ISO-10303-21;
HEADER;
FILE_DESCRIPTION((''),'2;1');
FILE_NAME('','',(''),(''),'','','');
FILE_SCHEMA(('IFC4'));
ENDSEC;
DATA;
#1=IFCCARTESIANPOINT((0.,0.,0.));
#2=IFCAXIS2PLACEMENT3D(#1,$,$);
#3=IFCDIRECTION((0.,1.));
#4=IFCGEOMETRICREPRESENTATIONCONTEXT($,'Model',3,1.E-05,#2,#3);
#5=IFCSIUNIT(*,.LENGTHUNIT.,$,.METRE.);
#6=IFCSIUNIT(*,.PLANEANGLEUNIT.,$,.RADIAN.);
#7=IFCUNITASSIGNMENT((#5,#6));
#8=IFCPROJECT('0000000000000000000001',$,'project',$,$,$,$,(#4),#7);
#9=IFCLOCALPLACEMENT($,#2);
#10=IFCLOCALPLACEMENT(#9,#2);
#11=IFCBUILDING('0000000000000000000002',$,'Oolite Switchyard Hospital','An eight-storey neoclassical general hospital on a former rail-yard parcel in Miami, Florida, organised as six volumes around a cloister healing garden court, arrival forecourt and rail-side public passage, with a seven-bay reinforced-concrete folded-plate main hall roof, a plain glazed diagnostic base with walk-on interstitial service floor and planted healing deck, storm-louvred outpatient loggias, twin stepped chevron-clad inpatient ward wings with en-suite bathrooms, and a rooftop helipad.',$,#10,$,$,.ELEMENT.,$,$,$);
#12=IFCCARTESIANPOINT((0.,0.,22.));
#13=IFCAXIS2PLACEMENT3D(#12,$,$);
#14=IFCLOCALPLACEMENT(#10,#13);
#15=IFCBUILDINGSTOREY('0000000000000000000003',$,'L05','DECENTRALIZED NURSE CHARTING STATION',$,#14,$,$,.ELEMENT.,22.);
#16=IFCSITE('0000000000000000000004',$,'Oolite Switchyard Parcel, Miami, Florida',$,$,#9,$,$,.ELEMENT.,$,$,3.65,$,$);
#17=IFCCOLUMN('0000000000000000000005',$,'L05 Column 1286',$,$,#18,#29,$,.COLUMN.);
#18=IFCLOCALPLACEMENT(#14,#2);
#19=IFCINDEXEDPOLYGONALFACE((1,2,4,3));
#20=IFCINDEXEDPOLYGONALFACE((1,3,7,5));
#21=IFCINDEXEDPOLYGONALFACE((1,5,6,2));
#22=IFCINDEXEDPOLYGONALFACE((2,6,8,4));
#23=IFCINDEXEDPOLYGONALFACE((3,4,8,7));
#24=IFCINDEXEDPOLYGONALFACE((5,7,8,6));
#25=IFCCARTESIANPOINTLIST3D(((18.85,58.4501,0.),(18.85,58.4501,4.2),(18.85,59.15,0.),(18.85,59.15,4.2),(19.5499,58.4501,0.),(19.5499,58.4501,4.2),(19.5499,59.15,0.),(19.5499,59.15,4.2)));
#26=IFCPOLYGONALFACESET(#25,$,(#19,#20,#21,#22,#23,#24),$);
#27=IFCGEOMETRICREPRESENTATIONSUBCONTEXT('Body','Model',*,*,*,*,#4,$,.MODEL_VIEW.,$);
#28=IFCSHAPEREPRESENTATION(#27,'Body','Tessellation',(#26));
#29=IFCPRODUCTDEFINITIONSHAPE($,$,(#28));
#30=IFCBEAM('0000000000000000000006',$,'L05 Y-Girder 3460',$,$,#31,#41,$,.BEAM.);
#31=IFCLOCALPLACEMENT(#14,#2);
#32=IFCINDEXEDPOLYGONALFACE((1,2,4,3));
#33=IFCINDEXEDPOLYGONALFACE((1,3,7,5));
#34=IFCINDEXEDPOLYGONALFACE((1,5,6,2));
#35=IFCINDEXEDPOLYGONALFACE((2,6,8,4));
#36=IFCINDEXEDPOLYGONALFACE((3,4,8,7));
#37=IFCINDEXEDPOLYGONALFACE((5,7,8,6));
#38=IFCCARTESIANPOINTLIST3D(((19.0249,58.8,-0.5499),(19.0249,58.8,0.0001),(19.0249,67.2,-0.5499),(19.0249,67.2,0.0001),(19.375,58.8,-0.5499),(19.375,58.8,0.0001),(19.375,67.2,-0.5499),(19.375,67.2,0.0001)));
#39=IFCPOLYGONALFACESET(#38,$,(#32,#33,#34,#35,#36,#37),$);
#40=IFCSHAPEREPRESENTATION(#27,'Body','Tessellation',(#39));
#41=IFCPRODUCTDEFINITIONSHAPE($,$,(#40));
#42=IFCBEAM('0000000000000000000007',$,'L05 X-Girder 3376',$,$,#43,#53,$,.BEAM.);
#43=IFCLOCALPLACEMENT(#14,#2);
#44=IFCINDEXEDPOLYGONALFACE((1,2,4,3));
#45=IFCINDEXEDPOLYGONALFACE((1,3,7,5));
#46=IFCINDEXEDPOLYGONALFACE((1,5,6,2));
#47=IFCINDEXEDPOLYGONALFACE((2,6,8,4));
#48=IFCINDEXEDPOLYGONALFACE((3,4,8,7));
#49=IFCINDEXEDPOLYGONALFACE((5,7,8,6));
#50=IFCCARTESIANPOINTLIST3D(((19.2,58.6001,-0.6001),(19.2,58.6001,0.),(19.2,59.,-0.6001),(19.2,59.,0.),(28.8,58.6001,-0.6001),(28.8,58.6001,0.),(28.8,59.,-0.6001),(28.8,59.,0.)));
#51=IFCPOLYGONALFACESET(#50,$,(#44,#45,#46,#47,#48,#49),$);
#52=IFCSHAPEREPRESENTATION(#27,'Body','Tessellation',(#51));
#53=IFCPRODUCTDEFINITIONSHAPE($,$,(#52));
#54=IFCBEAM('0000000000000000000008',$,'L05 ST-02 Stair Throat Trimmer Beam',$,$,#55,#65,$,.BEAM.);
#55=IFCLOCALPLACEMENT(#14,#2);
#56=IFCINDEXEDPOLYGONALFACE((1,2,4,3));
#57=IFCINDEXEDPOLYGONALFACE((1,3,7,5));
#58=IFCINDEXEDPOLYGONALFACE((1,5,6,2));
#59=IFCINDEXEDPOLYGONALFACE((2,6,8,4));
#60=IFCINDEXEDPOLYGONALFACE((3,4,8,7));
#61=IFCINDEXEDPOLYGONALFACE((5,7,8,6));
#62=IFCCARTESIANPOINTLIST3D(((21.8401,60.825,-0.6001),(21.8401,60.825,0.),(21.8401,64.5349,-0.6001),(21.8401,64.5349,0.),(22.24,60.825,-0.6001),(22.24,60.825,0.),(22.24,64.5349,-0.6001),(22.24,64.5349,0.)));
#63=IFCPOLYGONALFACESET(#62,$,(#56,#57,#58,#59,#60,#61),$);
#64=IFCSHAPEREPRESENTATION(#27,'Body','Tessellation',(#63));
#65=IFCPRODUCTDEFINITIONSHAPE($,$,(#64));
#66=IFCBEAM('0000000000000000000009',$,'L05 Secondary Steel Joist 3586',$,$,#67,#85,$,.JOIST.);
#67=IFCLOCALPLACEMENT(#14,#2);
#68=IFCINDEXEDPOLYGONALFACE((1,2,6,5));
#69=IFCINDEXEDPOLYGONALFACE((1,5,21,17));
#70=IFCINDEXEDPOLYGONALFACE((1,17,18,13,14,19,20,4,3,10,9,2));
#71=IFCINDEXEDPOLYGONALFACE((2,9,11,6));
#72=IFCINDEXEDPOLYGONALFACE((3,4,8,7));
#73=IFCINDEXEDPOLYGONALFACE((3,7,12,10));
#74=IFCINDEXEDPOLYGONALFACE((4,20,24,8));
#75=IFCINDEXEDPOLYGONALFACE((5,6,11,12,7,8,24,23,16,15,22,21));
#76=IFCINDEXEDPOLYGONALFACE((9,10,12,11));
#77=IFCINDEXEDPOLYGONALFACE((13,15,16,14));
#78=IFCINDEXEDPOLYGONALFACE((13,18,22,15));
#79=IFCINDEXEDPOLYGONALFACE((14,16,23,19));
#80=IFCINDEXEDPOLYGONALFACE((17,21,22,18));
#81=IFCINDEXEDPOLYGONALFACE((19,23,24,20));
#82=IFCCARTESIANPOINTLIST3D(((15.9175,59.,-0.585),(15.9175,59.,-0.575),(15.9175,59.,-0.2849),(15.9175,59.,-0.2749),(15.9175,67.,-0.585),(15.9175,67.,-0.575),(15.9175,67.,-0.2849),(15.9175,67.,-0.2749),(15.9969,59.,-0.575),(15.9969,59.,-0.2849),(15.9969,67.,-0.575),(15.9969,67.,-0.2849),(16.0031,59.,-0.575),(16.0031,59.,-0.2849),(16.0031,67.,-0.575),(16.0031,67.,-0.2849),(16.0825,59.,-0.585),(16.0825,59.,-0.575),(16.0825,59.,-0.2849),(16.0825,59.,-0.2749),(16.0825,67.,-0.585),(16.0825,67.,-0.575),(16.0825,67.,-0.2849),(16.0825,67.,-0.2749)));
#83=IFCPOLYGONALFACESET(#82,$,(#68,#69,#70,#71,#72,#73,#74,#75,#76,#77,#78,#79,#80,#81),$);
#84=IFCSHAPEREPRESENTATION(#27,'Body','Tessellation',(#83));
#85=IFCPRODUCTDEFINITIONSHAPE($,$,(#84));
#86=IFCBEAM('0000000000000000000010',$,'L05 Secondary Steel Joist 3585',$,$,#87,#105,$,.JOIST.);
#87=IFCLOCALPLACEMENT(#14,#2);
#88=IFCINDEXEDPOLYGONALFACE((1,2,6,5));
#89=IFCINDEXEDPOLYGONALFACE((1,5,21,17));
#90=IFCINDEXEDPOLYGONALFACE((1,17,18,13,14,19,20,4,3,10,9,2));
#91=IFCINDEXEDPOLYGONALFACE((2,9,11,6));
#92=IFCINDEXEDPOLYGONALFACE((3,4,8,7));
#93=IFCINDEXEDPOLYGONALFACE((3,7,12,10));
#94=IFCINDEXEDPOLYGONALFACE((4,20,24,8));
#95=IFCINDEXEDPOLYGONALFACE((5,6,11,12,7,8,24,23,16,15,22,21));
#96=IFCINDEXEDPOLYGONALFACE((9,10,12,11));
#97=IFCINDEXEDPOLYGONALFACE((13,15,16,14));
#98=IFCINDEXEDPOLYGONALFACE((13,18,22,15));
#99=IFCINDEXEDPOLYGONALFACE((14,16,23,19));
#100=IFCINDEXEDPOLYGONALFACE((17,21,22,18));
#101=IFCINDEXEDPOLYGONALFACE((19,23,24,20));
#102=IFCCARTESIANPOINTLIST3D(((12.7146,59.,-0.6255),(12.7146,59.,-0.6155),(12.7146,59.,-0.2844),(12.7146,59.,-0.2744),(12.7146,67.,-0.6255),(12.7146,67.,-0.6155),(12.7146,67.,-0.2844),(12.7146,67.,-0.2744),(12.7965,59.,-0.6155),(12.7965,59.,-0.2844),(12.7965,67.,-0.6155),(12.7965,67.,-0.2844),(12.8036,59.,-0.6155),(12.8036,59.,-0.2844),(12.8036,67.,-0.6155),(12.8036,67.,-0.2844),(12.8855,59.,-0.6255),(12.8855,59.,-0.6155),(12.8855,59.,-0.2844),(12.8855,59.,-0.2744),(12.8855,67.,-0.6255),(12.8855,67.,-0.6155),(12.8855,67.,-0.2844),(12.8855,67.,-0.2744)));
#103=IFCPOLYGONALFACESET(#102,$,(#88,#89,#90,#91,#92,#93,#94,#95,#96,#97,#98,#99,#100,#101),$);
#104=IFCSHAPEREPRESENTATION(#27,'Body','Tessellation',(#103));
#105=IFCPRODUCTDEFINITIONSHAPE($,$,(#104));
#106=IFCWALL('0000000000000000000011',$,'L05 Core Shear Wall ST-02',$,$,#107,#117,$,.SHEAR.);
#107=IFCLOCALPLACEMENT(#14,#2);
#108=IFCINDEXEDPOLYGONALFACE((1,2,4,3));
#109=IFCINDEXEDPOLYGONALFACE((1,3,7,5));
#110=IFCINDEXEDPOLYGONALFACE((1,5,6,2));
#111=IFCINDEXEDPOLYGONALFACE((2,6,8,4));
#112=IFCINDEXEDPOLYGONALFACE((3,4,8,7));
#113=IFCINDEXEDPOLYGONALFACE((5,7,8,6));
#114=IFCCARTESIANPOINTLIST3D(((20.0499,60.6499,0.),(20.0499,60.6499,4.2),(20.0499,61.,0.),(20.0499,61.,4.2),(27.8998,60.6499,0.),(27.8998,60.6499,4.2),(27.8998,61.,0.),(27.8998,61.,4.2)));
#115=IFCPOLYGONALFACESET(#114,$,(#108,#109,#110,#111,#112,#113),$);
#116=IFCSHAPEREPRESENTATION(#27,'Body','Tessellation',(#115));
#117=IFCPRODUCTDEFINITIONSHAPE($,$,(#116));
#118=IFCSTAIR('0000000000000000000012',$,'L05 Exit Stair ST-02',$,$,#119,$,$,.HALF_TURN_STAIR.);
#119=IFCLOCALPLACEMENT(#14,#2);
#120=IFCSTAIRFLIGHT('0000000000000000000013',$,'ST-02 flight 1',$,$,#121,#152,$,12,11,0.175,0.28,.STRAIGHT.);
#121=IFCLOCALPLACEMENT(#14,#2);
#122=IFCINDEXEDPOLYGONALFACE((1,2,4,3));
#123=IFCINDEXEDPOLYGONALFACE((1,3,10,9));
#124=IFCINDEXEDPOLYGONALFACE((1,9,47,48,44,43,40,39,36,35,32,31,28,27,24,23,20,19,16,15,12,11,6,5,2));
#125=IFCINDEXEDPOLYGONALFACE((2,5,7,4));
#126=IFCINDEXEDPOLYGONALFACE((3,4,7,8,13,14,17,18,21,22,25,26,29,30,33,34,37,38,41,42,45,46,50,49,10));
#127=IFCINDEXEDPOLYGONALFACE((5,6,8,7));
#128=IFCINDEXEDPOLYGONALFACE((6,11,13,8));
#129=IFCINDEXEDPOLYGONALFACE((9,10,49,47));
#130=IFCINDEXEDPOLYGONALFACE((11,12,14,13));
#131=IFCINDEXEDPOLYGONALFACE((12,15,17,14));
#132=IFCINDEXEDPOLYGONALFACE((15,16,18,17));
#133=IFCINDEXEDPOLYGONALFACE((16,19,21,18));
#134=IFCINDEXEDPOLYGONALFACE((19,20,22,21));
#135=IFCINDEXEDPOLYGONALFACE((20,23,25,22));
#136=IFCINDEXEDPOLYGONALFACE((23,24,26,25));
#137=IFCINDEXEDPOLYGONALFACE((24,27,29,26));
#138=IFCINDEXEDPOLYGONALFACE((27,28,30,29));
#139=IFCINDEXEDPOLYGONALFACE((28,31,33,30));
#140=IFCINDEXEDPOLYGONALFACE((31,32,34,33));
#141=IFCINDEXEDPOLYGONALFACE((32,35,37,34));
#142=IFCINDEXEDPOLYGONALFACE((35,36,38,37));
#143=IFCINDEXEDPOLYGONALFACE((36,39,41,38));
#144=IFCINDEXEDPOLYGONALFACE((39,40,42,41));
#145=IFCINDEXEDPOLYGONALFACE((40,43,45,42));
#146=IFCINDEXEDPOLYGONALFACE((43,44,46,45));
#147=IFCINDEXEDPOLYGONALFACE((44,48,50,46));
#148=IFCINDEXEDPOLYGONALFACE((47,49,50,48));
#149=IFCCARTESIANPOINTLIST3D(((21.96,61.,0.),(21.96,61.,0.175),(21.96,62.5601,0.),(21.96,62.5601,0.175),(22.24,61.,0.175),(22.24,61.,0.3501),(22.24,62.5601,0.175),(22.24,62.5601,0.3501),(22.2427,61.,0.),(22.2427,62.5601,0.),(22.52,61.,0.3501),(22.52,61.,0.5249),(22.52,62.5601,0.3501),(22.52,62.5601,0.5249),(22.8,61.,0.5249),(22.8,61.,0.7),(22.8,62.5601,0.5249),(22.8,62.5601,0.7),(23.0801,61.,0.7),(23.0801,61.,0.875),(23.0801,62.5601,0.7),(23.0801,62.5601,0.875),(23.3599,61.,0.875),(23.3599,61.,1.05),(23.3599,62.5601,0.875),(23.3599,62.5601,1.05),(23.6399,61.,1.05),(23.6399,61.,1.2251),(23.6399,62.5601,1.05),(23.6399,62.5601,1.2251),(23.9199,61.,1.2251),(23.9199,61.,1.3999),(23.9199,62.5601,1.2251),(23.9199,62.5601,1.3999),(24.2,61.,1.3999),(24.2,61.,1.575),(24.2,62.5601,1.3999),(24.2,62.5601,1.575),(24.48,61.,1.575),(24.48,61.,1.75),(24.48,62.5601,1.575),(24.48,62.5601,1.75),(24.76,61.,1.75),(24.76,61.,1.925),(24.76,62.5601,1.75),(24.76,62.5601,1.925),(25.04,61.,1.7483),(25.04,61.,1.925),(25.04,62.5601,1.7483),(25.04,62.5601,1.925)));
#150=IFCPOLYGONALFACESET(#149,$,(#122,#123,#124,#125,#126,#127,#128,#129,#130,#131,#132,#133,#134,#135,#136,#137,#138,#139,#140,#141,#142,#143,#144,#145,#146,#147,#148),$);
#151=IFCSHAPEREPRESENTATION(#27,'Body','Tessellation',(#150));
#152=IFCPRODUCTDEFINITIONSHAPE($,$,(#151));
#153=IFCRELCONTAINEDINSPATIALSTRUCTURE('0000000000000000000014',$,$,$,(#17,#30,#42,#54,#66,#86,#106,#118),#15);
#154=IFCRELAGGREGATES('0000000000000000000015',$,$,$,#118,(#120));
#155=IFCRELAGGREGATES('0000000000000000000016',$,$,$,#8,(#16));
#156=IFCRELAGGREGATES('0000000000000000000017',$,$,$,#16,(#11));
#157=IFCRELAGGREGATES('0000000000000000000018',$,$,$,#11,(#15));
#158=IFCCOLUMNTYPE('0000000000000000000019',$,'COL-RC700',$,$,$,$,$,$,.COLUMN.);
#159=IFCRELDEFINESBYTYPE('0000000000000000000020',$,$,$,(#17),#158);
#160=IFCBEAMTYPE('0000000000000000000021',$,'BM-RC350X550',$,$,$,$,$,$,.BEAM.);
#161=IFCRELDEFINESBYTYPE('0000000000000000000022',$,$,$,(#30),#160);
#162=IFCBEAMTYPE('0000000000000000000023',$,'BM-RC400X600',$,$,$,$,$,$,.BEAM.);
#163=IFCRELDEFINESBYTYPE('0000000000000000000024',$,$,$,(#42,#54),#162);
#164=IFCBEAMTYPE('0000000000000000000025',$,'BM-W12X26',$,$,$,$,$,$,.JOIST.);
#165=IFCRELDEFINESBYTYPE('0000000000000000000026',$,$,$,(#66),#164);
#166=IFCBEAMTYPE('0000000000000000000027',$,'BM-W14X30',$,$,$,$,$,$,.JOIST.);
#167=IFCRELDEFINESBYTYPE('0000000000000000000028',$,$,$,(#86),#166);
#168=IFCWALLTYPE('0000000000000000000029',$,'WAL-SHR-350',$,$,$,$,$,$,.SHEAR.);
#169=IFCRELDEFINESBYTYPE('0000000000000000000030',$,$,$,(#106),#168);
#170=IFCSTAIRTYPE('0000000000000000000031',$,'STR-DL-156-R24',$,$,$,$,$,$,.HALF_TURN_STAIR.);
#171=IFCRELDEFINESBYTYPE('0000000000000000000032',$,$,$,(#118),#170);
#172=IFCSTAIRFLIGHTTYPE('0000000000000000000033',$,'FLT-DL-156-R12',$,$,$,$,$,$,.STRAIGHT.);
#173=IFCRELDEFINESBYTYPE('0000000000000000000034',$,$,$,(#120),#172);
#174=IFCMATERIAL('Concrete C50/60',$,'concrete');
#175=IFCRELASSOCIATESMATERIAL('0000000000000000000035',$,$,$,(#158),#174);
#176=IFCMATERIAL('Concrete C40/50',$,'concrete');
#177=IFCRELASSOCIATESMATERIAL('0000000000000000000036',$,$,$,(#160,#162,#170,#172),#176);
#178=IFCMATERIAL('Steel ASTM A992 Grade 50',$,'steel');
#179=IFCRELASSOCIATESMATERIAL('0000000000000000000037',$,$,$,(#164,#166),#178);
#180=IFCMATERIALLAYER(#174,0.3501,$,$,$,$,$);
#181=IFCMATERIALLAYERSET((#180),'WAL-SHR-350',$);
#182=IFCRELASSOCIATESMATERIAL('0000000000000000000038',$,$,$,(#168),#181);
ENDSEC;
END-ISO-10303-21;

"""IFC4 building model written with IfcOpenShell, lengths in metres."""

from ifc_helpers import new_model, si_unit, direction, frame, frame_2d, origin, origin_2d, place, context, subcontext, project, spatial, polyline, rectangle, i_section, outline, extrude, material, layer, layer_set, material_profile, profile_set, type_object, element, aggregate, save


model = new_model("IFC4")

# Units and contexts
model_context = context("Model", 3, precision=1e-05, world=origin(), true_north=direction((0.0, 1.0)))
body_context = subcontext(model_context, "Body", "Model", "MODEL_VIEW")
ifc_project = project(units=[si_unit("LENGTHUNIT", "METRE"), si_unit("PLANEANGLEUNIT", "RADIAN")], contexts=[model_context])

# Site, building, storey
site_placement = place(None, origin())
site = spatial("IfcSite", under=ifc_project, at=site_placement, Name="Oolite Switchyard Parcel, Miami, Florida", CompositionType="ELEMENT", RefElevation=3.65)
building_placement = place(site_placement, origin())
building = spatial("IfcBuilding", under=site, at=building_placement, Name="Oolite Switchyard Hospital", Description="An eight-storey neoclassical general hospital on a former rail-yard parcel in Miami, Florida, organised as six volumes around a cloister healing garden court, arrival forecourt and rail-side public passage, with a seven-bay reinforced-concrete folded-plate main hall roof, a plain glazed diagnostic base with walk-on interstitial service floor and planted healing deck, storm-louvred outpatient loggias, twin stepped chevron-clad inpatient ward wings with en-suite bathrooms, and a rooftop helipad.", CompositionType="ELEMENT")
storey_placement = place(building_placement, frame((0.0, 0.0, 22.0)))
storey = spatial("IfcBuildingStorey", under=building, at=storey_placement, Name="L05", Description="DECENTRALIZED NURSE CHARTING STATION", CompositionType="ELEMENT", Elevation=22.0)

# Column
ifc_material_1 = material(Name="Concrete C50/60", Category="concrete")
ifc_material_profile_1 = material_profile(ifc_material_1, rectangle(XDim=0.7, YDim=0.7, at=origin_2d()), Name="RC700X700")
ifc_profile_set_1 = profile_set([ifc_material_profile_1], Name="Concrete C50/60")
column_type = type_object("IfcColumnType", Name="COL-RC700", PredefinedType="COLUMN", material=ifc_profile_set_1)
column_placement = place(storey_placement, frame((19.2, 58.8, 0.0), z_axis=(0.0, 0.0, 1.0), x_axis=(1.0, 0.0, 0.0)))
element("IfcColumn", 1, at=column_placement, inside=storey, type_object=column_type, Name="L05 Column 1286", PredefinedType="COLUMN", context=body_context, shape_type="SweptSolid", body=[
    extrude(rectangle(XDim=0.7, YDim=0.7, at=origin_2d()), origin(), (0.0, 0.0, 1.0), 4.2),
])

# Beams
ifc_material_2 = material(Name="Concrete C40/50", Category="concrete")
ifc_material_profile_2 = material_profile(ifc_material_2, rectangle(XDim=0.3501, YDim=0.55, at=origin_2d()), Name="RCB350X550")
ifc_profile_set_2 = profile_set([ifc_material_profile_2], Name="Concrete C40/50")
beam_type_1 = type_object("IfcBeamType", Name="BM-RC350X550", PredefinedType="BEAM", material=ifc_profile_set_2)
beam_1_placement = place(storey_placement, frame((19.2, 58.8, -0.2749), z_axis=(0.0, 1.0, 0.0), x_axis=(-1.0, 0.0, 0.0)))
element("IfcBeam", 2, at=beam_1_placement, inside=storey, type_object=beam_type_1, Name="L05 Y-Girder 3460", PredefinedType="BEAM", context=body_context, shape_type="SweptSolid", body=[
    extrude(rectangle(XDim=0.3501, YDim=0.55, at=origin_2d()), origin(), (0.0, 0.0, 1.0), 8.3999),
])
ifc_material_profile_3 = material_profile(ifc_material_2, rectangle(XDim=0.3999, YDim=0.6001, at=origin_2d()), Name="RCB400X600")
ifc_profile_set_3 = profile_set([ifc_material_profile_3], Name="Concrete C40/50")
beam_type_2 = type_object("IfcBeamType", Name="BM-RC400X600", PredefinedType="BEAM", material=ifc_profile_set_3)
beam_2_placement = place(storey_placement, frame((19.2, 58.8, -0.3), z_axis=(1.0, 0.0, 0.0), x_axis=(0.0, 1.0, 0.0)))
element("IfcBeam", 3, at=beam_2_placement, inside=storey, type_object=beam_type_2, Name="L05 X-Girder 3376", PredefinedType="BEAM", context=body_context, shape_type="SweptSolid", body=[
    extrude(rectangle(XDim=0.3999, YDim=0.6001, at=origin_2d()), origin(), (0.0, 0.0, 1.0), 9.6001),
])
beam_3_placement = place(storey_placement, frame((22.04, 60.825, -0.3), z_axis=(0.0, 1.0, 0.0), x_axis=(-1.0, 0.0, 0.0)))
element("IfcBeam", 4, at=beam_3_placement, inside=storey, type_object=beam_type_2, Name="L05 ST-02 Stair Throat Trimmer Beam", PredefinedType="BEAM", context=body_context, shape_type="SweptSolid", body=[
    extrude(rectangle(XDim=0.3999, YDim=0.6001, at=origin_2d()), origin(), (0.0, 0.0, 1.0), 3.71),
])
ifc_material_3 = material(Name="Steel ASTM A992 Grade 50", Category="steel")
ifc_material_profile_4 = material_profile(ifc_material_3, i_section(OverallWidth=0.165, OverallDepth=0.3101, WebThickness=0.0061, FlangeThickness=0.01, at=origin_2d()), Name="W12X26")
ifc_profile_set_4 = profile_set([ifc_material_profile_4], Name="Steel ASTM A992 Grade 50")
beam_type_3 = type_object("IfcBeamType", Name="BM-W12X26", PredefinedType="JOIST", material=ifc_profile_set_4)
beam_4_placement = place(storey_placement, frame((16.0, 59.0, -0.4299), z_axis=(0.0, 1.0, 0.0), x_axis=(-1.0, 0.0, 0.0)))
element("IfcBeam", 5, at=beam_4_placement, inside=storey, type_object=beam_type_3, Name="L05 Secondary Steel Joist 3586", PredefinedType="JOIST", context=body_context, shape_type="SweptSolid", body=[
    extrude(i_section(OverallWidth=0.165, OverallDepth=0.3101, WebThickness=0.0061, FlangeThickness=0.01, at=origin_2d()), origin(), (0.0, 0.0, 1.0), 8.0),
])
ifc_material_profile_5 = material_profile(ifc_material_3, i_section(OverallWidth=0.1709, OverallDepth=0.3511, WebThickness=0.0071, FlangeThickness=0.01, at=origin_2d()), Name="W14X30")
ifc_profile_set_5 = profile_set([ifc_material_profile_5], Name="Steel ASTM A992 Grade 50")
beam_type_4 = type_object("IfcBeamType", Name="BM-W14X30", PredefinedType="JOIST", material=ifc_profile_set_5)
beam_5_placement = place(storey_placement, frame((12.8, 59.0, -0.45), z_axis=(0.0, 1.0, 0.0), x_axis=(-1.0, 0.0, 0.0)))
element("IfcBeam", 6, at=beam_5_placement, inside=storey, type_object=beam_type_4, Name="L05 Secondary Steel Joist 3585", PredefinedType="JOIST", context=body_context, shape_type="SweptSolid", body=[
    extrude(i_section(OverallWidth=0.1709, OverallDepth=0.3511, WebThickness=0.0071, FlangeThickness=0.01, at=origin_2d()), origin(), (0.0, 0.0, 1.0), 8.0),
])

# Wall
ifc_layer = layer(ifc_material_1, 0.3501)
ifc_layer_set = layer_set([ifc_layer], Name="WAL-SHR-350")
wall_type = type_object("IfcWallType", Name="WAL-SHR-350", PredefinedType="SHEAR", material=ifc_layer_set)
wall_placement = place(storey_placement, frame((20.05, 60.825, 0.0), z_axis=(0.0, 0.0, 1.0), x_axis=(1.0, 0.0, 0.0)))
element("IfcWall", 7, at=wall_placement, inside=storey, type_object=wall_type, Name="L05 Core Shear Wall ST-02", PredefinedType="SHEAR", context=body_context, shape_type="SweptSolid", body=[
    extrude(rectangle(XDim=7.8499, YDim=0.3501, at=frame_2d((3.9248, 0.0))), origin(), (0.0, 0.0, 1.0), 4.2),
])

# Stair, stair flight
stair_type = type_object("IfcStairType", Name="STR-DL-156-R24", PredefinedType="HALF_TURN_STAIR", material=ifc_material_2)
stair_placement = place(storey_placement, origin())
stair = element("IfcStair", 8, at=stair_placement, inside=storey, type_object=stair_type, Name="L05 Exit Stair ST-02", PredefinedType="HALF_TURN_STAIR")
stair_flight_type = type_object("IfcStairFlightType", Name="FLT-DL-156-R12", PredefinedType="STRAIGHT", material=ifc_material_2)
stair_flight_1_placement = place(storey_placement, frame((21.96, 61.78, 0.0), z_axis=(0.0, 0.0, 1.0), x_axis=(1.0, 0.0, 0.0)))
stair_flight_1 = element("IfcStairFlight", 9, at=stair_flight_1_placement, type_object=stair_flight_type, Name="ST-02 flight 1", NumberOfRisers=12, NumberOfTreads=11, PredefinedType="STRAIGHT", RiserHeight=0.175, TreadLength=0.28, context=body_context, shape_type="SweptSolid", body=[
    extrude(outline(polyline([(0.0, 0.0), (0.0, 0.175), (0.28, 0.175), (0.28, 0.3501), (0.5601, 0.3501), (0.5601, 0.5249), (0.8401, 0.5249), (0.8401, 0.7), (1.1201, 0.7), (1.1201, 0.875), (1.3999, 0.875), (1.3999, 1.05), (1.6799, 1.05), (1.6799, 1.2251), (1.96, 1.2251), (1.96, 1.3999), (2.24, 1.3999), (2.24, 1.575), (2.52, 1.575), (2.52, 1.75), (2.8, 1.75), (2.8, 1.925), (3.0801, 1.925), (3.0801, 2.1001), (3.0801, 1.7483), (0.2827, 0.0), (0.0, 0.0)])), frame((0.0, 0.78, 0.0), z_axis=(0.0, -1.0, 0.0), x_axis=(1.0, 0.0, 0.0)), (0.0, 0.0, 1.0), 1.5601),
])
aggregate(stair, [stair_flight_1])

save(model, "model.ifc")
